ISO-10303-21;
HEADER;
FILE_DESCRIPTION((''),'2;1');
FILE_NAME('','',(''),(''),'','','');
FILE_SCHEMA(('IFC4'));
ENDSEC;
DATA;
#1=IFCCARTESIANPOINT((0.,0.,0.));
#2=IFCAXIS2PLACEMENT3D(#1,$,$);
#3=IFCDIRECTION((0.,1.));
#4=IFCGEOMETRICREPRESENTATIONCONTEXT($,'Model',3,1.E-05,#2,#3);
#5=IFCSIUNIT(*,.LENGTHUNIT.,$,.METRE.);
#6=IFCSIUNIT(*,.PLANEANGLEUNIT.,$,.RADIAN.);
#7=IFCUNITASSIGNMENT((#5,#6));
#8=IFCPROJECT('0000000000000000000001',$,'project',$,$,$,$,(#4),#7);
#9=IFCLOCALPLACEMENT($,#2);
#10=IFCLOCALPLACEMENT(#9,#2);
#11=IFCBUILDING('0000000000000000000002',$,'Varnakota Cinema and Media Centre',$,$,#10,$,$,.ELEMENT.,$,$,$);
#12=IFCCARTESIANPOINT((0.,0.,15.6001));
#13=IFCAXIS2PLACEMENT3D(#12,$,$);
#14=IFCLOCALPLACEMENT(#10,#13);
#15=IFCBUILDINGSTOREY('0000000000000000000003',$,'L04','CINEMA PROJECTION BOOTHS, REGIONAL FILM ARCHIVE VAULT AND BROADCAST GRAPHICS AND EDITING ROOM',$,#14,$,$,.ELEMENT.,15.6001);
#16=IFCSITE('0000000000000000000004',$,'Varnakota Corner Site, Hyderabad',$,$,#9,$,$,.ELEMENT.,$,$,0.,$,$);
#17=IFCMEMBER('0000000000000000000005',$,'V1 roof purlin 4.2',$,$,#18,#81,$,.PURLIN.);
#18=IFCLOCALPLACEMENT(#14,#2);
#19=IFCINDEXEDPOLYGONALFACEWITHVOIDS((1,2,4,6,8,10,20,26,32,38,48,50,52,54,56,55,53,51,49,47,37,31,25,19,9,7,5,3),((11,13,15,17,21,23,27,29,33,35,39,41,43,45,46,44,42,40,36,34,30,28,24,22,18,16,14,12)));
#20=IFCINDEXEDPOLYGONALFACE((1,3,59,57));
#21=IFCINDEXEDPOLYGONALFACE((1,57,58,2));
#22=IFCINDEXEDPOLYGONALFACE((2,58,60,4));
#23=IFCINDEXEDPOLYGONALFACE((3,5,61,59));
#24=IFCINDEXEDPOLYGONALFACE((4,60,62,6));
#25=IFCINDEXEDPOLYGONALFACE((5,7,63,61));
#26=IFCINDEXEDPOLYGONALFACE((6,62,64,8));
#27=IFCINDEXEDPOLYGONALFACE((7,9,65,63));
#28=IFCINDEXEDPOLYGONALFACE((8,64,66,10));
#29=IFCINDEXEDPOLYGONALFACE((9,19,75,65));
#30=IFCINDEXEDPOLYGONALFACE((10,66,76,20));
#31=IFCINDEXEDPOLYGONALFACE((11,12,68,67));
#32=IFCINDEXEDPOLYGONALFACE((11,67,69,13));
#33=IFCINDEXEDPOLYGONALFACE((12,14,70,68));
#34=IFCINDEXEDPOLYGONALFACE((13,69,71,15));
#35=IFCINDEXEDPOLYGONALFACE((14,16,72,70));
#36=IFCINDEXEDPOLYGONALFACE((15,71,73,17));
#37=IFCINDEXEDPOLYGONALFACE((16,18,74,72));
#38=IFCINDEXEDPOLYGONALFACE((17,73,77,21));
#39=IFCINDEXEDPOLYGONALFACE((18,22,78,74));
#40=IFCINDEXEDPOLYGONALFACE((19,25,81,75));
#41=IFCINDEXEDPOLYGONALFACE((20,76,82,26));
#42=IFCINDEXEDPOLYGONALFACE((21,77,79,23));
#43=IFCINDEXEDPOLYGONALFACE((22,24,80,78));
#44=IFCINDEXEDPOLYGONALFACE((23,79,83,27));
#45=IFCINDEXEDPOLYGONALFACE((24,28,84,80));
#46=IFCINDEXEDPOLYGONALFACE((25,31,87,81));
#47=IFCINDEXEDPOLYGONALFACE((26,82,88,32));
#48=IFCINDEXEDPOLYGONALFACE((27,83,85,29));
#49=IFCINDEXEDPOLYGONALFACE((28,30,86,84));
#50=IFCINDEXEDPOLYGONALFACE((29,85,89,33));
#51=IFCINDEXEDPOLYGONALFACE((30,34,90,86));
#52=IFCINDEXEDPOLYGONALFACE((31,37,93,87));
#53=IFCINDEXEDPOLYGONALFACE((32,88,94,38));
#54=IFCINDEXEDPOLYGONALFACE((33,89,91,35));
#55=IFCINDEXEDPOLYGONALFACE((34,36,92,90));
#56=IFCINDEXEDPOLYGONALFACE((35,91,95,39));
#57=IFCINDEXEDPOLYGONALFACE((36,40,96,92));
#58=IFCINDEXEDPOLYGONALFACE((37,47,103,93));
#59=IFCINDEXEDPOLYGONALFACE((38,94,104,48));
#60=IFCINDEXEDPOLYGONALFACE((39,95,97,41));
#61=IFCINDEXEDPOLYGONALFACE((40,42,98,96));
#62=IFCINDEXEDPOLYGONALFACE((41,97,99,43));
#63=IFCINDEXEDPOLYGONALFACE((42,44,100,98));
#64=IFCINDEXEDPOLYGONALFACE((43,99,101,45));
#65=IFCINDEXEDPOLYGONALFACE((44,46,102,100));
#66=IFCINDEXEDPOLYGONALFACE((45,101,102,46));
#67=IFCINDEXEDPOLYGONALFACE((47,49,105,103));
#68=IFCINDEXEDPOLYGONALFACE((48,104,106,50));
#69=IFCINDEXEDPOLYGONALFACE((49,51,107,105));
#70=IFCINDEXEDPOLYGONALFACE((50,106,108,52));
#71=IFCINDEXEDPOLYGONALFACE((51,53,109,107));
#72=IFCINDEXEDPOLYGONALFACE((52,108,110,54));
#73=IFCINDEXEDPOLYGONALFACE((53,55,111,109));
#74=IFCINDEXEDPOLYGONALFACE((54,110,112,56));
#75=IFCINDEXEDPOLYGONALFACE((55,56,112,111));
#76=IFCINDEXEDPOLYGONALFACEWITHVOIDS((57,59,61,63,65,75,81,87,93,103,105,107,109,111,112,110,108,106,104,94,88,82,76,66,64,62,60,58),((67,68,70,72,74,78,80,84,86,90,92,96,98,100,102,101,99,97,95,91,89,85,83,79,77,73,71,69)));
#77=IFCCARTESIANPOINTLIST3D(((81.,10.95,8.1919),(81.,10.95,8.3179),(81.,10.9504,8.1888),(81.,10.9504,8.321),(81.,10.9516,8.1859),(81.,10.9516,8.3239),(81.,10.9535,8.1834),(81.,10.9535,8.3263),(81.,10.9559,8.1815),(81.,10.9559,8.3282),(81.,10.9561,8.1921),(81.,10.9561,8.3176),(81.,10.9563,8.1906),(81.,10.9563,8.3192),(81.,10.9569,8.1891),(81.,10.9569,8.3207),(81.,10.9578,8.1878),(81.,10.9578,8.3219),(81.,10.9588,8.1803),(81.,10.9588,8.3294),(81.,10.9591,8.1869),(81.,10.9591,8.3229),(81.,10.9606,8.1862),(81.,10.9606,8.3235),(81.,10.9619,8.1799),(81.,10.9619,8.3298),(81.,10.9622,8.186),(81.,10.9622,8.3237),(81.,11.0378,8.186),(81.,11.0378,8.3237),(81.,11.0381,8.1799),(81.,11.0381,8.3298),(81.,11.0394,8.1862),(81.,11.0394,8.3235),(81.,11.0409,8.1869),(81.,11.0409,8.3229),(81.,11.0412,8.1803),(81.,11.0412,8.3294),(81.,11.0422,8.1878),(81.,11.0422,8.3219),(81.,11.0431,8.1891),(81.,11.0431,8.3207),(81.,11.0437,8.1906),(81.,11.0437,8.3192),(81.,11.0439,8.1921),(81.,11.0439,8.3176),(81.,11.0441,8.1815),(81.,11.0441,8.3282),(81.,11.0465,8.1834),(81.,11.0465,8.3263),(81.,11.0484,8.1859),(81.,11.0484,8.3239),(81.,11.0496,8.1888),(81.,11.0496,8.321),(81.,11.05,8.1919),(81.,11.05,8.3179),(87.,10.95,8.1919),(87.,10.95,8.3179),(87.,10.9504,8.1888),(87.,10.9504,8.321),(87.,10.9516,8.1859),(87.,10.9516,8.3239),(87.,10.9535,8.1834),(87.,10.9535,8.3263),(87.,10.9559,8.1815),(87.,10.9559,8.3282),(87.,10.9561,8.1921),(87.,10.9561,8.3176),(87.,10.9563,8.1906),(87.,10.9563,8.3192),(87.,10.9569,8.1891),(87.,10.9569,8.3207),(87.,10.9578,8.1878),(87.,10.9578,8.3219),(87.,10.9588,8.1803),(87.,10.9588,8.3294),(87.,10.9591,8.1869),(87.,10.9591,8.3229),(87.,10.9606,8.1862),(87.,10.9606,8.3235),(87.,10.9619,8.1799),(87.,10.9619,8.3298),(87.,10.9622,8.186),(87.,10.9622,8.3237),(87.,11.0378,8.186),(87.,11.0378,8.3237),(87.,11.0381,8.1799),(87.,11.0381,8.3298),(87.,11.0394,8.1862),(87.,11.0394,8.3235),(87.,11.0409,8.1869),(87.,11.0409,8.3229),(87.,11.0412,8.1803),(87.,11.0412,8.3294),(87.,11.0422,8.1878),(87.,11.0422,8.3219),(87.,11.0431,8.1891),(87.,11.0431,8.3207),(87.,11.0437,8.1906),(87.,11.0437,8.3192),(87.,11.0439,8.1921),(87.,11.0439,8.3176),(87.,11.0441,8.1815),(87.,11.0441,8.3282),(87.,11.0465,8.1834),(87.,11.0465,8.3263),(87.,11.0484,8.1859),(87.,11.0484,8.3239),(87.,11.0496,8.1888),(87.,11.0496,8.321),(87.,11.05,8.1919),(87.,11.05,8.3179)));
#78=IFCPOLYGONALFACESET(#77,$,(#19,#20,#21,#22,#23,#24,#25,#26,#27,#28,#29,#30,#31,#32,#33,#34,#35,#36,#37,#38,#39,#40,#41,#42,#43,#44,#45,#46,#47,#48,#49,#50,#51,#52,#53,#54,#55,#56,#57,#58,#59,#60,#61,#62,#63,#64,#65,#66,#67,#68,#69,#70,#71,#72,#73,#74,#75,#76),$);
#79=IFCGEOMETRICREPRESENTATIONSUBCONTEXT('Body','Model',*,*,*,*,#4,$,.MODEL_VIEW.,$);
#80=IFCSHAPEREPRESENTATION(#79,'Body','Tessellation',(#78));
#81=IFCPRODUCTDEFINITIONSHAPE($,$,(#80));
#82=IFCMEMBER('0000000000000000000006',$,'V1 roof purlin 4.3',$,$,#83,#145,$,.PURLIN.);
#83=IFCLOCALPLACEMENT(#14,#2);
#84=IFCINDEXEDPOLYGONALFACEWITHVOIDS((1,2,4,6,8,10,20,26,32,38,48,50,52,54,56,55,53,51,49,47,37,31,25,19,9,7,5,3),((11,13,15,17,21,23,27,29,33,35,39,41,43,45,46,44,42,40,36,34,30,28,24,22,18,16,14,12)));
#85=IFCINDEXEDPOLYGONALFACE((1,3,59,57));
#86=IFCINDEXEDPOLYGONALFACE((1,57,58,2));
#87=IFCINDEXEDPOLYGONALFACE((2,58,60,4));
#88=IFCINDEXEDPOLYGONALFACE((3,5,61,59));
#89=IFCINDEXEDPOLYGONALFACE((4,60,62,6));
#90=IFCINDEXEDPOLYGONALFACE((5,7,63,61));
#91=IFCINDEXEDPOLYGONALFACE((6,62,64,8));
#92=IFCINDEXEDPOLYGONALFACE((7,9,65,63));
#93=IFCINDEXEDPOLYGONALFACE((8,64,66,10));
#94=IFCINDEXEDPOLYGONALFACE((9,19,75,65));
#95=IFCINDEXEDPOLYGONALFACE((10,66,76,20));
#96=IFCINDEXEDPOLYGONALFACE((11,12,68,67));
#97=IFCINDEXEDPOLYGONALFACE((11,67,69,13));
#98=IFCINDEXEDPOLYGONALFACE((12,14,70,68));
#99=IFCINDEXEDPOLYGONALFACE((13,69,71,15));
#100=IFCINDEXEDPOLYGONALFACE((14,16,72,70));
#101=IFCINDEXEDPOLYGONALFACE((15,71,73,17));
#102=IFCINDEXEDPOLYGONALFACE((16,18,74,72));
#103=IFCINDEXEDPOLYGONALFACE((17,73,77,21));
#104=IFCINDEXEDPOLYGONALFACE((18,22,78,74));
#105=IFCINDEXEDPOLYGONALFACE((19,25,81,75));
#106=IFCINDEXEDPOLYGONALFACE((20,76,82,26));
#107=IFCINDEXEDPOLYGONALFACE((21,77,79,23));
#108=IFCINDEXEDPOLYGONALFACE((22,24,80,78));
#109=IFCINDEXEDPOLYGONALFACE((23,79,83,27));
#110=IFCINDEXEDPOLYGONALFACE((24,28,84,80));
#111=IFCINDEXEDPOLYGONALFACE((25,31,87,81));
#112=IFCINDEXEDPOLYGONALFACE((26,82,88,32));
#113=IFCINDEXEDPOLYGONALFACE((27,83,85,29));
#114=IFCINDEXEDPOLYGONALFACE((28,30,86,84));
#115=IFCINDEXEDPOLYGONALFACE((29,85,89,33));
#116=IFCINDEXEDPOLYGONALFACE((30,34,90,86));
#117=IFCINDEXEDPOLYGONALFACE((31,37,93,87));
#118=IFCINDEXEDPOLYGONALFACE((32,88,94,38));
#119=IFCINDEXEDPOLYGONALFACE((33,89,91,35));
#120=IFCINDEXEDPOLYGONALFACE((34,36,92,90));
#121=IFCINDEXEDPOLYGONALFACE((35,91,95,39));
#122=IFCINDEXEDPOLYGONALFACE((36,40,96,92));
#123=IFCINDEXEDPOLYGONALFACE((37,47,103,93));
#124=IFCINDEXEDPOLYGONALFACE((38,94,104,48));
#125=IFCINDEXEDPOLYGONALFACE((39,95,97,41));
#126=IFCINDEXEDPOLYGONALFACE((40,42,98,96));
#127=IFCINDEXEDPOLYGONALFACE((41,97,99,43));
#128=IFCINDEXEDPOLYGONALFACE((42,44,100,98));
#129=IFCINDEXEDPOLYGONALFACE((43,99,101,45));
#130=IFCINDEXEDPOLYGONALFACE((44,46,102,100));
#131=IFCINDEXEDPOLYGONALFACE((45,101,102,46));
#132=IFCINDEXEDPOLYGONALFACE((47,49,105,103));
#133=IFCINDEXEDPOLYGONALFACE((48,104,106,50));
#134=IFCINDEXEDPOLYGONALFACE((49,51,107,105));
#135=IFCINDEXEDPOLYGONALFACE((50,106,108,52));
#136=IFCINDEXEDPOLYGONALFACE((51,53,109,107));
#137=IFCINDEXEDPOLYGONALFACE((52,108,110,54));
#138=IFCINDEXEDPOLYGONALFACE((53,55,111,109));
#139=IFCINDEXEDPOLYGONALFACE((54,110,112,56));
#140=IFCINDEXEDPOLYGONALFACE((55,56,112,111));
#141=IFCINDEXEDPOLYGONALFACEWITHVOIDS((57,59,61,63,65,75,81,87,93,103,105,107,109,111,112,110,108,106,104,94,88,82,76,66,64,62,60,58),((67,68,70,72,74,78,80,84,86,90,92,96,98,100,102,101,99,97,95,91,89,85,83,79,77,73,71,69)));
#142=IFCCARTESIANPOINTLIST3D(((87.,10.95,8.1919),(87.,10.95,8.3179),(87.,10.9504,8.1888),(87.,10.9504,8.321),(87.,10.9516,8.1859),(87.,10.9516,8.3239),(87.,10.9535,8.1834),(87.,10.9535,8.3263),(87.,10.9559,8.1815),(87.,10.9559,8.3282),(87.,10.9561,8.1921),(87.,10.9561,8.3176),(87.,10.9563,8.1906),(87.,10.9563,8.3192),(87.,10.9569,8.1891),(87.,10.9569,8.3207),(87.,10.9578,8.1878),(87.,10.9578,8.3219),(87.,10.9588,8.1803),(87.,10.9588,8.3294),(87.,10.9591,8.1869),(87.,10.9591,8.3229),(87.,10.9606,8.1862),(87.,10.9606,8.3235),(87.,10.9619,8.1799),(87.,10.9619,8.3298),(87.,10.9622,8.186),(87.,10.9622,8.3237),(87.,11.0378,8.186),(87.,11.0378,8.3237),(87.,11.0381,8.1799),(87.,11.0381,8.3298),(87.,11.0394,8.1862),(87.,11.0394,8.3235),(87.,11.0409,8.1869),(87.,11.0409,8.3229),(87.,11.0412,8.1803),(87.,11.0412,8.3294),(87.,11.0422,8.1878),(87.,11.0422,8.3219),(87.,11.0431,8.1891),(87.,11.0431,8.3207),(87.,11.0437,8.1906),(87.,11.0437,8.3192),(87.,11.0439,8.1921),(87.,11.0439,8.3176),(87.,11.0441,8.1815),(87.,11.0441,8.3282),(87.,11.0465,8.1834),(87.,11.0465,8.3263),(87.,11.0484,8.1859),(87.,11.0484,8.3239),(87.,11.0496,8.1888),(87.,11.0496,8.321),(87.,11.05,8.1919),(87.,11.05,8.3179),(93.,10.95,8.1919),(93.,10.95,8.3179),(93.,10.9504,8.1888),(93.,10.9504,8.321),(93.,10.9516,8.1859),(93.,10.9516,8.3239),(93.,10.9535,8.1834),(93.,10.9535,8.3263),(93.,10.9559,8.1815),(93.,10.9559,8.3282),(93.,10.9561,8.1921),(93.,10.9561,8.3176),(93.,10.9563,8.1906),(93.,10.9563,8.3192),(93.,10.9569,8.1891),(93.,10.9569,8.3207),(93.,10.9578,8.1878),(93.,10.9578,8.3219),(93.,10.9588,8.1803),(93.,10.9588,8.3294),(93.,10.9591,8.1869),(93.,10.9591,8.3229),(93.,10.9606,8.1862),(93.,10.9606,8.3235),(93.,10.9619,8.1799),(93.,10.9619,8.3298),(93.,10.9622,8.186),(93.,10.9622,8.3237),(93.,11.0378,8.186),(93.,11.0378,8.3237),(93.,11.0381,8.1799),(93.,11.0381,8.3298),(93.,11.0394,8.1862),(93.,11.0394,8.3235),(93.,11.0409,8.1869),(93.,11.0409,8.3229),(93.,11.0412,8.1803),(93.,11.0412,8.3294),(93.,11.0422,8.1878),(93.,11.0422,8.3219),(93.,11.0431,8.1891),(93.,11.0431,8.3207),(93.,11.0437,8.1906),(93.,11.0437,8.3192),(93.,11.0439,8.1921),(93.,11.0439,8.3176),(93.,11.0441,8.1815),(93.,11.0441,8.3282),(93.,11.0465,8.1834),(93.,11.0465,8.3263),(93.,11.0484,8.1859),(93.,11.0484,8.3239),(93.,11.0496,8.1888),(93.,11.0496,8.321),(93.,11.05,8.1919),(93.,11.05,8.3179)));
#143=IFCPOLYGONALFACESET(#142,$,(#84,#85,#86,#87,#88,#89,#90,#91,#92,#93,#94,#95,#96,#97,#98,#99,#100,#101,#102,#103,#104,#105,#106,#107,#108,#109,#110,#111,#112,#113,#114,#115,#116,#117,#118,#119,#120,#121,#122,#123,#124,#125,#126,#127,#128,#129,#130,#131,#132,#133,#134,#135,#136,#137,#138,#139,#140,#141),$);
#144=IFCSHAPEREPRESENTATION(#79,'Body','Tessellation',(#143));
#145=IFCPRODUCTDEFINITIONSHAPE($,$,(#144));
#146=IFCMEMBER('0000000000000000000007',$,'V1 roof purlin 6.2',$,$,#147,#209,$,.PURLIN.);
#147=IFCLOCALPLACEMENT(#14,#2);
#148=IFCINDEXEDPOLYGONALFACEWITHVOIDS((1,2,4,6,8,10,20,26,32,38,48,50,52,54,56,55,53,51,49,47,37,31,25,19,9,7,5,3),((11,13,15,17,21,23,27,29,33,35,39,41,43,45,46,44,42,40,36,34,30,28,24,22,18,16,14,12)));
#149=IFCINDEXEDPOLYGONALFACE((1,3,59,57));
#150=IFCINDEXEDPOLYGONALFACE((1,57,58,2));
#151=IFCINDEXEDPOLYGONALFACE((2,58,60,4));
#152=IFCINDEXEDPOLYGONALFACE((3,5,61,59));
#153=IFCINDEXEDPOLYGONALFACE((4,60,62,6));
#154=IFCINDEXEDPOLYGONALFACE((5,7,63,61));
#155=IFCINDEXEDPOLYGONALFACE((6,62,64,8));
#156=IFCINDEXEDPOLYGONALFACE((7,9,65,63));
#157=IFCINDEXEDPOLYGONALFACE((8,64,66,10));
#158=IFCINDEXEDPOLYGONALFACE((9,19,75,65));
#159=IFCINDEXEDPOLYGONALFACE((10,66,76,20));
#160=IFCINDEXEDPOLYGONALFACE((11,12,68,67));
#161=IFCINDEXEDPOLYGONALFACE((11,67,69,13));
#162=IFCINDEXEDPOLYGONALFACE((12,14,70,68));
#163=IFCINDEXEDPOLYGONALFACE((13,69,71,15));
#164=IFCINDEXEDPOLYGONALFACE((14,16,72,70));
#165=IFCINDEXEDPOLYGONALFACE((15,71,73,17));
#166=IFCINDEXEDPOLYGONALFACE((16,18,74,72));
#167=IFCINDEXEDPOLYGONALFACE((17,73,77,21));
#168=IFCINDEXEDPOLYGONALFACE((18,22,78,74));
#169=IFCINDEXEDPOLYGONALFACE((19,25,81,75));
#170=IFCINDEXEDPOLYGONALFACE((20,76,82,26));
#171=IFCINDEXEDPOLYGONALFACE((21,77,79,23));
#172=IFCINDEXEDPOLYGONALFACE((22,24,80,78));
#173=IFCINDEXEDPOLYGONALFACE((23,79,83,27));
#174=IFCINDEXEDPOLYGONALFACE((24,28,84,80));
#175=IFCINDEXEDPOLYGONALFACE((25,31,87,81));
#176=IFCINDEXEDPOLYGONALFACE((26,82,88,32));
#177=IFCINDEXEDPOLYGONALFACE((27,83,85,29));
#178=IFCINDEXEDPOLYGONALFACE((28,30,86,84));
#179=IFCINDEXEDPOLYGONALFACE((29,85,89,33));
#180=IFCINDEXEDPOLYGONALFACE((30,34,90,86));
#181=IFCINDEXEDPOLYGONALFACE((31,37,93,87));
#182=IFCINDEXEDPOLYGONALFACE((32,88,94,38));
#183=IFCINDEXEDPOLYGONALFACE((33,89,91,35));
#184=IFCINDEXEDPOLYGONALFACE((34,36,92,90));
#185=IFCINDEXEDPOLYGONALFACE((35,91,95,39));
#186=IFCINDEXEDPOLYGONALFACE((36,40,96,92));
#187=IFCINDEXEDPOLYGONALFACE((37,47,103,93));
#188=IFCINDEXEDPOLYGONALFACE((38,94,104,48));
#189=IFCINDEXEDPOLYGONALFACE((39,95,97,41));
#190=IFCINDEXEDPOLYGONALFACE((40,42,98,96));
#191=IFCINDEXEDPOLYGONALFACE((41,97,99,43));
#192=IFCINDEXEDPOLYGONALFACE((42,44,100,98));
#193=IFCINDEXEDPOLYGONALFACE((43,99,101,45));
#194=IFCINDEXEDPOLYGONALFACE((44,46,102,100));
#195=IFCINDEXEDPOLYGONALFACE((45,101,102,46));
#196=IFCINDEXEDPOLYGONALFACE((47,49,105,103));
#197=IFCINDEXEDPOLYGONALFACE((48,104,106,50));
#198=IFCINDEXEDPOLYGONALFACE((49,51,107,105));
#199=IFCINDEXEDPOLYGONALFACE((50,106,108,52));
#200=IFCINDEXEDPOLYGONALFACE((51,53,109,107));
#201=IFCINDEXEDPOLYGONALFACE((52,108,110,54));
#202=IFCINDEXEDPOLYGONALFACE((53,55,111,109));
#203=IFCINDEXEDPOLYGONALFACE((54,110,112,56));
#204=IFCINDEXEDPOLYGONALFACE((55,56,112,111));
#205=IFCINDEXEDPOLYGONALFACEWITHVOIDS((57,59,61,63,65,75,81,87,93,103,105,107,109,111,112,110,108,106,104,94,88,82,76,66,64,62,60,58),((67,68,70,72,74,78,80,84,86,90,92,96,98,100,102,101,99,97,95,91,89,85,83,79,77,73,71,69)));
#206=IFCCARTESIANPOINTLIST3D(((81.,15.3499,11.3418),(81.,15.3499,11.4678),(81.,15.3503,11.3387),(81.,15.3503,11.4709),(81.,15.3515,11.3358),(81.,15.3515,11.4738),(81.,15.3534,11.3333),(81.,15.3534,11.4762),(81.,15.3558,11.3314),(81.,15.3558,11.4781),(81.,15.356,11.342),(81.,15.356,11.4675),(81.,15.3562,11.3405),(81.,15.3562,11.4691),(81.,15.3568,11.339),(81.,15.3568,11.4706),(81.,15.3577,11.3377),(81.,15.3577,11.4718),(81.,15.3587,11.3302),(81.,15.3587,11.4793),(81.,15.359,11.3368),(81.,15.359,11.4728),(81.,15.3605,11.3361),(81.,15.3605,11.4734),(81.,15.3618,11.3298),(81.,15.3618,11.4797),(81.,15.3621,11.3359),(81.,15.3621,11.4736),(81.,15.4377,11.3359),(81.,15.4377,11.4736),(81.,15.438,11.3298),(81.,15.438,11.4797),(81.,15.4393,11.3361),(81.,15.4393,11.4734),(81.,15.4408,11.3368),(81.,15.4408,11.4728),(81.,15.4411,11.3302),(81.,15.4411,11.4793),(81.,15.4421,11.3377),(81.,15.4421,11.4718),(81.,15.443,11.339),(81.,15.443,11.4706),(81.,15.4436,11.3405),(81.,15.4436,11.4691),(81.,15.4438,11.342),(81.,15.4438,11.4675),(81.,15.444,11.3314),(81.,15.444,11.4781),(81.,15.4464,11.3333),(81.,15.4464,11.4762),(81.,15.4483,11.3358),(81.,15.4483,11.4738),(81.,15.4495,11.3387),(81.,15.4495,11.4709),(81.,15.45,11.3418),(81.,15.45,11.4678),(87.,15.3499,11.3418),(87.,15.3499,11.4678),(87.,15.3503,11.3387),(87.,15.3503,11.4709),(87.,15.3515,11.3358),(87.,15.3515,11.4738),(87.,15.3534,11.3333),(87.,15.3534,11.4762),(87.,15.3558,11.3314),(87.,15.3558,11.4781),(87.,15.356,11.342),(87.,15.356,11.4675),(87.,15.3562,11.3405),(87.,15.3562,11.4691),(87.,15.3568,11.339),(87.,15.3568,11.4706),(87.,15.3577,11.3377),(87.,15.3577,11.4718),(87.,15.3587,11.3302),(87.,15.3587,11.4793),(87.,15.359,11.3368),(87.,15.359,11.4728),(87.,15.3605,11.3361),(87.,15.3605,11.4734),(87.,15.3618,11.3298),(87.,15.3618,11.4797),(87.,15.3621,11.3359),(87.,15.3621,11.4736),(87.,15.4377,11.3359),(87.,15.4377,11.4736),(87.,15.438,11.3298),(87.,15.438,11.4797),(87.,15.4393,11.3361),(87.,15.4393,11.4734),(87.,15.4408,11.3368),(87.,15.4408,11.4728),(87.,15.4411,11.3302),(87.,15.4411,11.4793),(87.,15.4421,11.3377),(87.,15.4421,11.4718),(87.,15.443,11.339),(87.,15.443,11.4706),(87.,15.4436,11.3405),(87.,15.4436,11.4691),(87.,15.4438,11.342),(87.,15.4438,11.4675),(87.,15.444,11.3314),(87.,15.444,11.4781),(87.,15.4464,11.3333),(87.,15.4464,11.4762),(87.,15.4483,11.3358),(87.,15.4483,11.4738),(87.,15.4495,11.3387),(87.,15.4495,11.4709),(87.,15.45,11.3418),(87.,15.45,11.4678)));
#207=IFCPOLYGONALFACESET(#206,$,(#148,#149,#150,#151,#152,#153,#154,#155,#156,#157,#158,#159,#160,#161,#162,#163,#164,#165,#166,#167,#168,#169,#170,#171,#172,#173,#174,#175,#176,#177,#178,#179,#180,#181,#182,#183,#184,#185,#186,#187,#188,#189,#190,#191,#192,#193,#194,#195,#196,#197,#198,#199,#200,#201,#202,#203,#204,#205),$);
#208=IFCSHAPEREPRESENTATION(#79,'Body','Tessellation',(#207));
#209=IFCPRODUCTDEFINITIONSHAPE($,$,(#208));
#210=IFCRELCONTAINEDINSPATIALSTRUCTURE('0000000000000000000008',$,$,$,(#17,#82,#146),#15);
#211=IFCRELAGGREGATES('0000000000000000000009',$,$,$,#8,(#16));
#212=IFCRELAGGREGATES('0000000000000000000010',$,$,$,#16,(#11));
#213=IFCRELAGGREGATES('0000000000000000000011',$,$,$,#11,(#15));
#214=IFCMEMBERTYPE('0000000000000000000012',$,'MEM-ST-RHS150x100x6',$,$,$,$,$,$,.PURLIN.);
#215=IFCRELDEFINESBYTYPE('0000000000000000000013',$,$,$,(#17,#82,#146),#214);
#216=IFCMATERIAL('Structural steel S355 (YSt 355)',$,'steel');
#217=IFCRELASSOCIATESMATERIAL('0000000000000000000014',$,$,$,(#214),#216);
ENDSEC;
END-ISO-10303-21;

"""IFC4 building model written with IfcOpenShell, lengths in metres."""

from ifc_helpers import new_model, si_unit, direction, frame, origin, origin_2d, place, context, subcontext, project, spatial, hollow_rectangle, extrude, material, material_profile, profile_set, type_object, element, save


model = new_model("IFC4")

# Units and contexts
model_context = context("Model", 3, precision=1e-05, world=origin(), true_north=direction((0.0, 1.0)))
body_context = subcontext(model_context, "Body", "Model", "MODEL_VIEW")
ifc_project = project(units=[si_unit("LENGTHUNIT", "METRE"), si_unit("PLANEANGLEUNIT", "RADIAN")], contexts=[model_context])

# Site, building, storey
site_placement = place(None, origin())
site = spatial("IfcSite", under=ifc_project, at=site_placement, Name="Varnakota Corner Site, Hyderabad", CompositionType="ELEMENT", RefElevation=0.0)
building_placement = place(site_placement, origin())
building = spatial("IfcBuilding", under=site, at=building_placement, Name="Varnakota Cinema and Media Centre", CompositionType="ELEMENT")
storey_placement = place(building_placement, frame((0.0, 0.0, 15.6001)))
storey = spatial("IfcBuildingStorey", under=building, at=storey_placement, Name="L04", Description="CINEMA PROJECTION BOOTHS, REGIONAL FILM ARCHIVE VAULT AND BROADCAST GRAPHICS AND EDITING ROOM", CompositionType="ELEMENT", Elevation=15.6001)

# Members
ifc_material_1 = material(Name="Structural steel S355 (YSt 355)", Category="steel")
ifc_material_profile_1 = material_profile(ifc_material_1, hollow_rectangle(XDim=0.1001, YDim=0.1499, WallThickness=0.0061, InnerFilletRadius=0.0061, OuterFilletRadius=0.012, at=origin_2d()), Name="RHS 150x100x6")
ifc_profile_set_1 = profile_set([ifc_material_profile_1], Name="Structural steel S355 (YSt 355)")
member_type_1 = type_object("IfcMemberType", Name="MEM-ST-RHS150x100x6", PredefinedType="PURLIN", material=ifc_profile_set_1)
for number, where, z_axis, x_axis, name in (
    (1, (81.0, 11.0, 8.2549), (1.0, 0.0, 0.0), (0.0, 1.0, 0.0), "V1 roof purlin 4.2"),
    (2, (87.0, 11.0, 8.2549), (1.0, 0.0, 0.0), (0.0, 1.0, 0.0), "V1 roof purlin 4.3"),
    (3, (81.0, 15.3999, 11.4048), (1.0, 0.0, 0.0), (0.0, 1.0, 0.0), "V1 roof purlin 6.2"),
):
    element("IfcMember", number, at=place(storey_placement, frame(where, z_axis=z_axis, x_axis=x_axis)), inside=storey, type_object=member_type_1, Name=name, PredefinedType="PURLIN", context=body_context, shape_type="SweptSolid", body=[
        extrude(hollow_rectangle(XDim=0.1001, YDim=0.1499, WallThickness=0.0061, InnerFilletRadius=0.0061, OuterFilletRadius=0.012, at=origin_2d()), origin(), (0.0, 0.0, 1.0), 6.0),
    ])

save(model, "model.ifc")
